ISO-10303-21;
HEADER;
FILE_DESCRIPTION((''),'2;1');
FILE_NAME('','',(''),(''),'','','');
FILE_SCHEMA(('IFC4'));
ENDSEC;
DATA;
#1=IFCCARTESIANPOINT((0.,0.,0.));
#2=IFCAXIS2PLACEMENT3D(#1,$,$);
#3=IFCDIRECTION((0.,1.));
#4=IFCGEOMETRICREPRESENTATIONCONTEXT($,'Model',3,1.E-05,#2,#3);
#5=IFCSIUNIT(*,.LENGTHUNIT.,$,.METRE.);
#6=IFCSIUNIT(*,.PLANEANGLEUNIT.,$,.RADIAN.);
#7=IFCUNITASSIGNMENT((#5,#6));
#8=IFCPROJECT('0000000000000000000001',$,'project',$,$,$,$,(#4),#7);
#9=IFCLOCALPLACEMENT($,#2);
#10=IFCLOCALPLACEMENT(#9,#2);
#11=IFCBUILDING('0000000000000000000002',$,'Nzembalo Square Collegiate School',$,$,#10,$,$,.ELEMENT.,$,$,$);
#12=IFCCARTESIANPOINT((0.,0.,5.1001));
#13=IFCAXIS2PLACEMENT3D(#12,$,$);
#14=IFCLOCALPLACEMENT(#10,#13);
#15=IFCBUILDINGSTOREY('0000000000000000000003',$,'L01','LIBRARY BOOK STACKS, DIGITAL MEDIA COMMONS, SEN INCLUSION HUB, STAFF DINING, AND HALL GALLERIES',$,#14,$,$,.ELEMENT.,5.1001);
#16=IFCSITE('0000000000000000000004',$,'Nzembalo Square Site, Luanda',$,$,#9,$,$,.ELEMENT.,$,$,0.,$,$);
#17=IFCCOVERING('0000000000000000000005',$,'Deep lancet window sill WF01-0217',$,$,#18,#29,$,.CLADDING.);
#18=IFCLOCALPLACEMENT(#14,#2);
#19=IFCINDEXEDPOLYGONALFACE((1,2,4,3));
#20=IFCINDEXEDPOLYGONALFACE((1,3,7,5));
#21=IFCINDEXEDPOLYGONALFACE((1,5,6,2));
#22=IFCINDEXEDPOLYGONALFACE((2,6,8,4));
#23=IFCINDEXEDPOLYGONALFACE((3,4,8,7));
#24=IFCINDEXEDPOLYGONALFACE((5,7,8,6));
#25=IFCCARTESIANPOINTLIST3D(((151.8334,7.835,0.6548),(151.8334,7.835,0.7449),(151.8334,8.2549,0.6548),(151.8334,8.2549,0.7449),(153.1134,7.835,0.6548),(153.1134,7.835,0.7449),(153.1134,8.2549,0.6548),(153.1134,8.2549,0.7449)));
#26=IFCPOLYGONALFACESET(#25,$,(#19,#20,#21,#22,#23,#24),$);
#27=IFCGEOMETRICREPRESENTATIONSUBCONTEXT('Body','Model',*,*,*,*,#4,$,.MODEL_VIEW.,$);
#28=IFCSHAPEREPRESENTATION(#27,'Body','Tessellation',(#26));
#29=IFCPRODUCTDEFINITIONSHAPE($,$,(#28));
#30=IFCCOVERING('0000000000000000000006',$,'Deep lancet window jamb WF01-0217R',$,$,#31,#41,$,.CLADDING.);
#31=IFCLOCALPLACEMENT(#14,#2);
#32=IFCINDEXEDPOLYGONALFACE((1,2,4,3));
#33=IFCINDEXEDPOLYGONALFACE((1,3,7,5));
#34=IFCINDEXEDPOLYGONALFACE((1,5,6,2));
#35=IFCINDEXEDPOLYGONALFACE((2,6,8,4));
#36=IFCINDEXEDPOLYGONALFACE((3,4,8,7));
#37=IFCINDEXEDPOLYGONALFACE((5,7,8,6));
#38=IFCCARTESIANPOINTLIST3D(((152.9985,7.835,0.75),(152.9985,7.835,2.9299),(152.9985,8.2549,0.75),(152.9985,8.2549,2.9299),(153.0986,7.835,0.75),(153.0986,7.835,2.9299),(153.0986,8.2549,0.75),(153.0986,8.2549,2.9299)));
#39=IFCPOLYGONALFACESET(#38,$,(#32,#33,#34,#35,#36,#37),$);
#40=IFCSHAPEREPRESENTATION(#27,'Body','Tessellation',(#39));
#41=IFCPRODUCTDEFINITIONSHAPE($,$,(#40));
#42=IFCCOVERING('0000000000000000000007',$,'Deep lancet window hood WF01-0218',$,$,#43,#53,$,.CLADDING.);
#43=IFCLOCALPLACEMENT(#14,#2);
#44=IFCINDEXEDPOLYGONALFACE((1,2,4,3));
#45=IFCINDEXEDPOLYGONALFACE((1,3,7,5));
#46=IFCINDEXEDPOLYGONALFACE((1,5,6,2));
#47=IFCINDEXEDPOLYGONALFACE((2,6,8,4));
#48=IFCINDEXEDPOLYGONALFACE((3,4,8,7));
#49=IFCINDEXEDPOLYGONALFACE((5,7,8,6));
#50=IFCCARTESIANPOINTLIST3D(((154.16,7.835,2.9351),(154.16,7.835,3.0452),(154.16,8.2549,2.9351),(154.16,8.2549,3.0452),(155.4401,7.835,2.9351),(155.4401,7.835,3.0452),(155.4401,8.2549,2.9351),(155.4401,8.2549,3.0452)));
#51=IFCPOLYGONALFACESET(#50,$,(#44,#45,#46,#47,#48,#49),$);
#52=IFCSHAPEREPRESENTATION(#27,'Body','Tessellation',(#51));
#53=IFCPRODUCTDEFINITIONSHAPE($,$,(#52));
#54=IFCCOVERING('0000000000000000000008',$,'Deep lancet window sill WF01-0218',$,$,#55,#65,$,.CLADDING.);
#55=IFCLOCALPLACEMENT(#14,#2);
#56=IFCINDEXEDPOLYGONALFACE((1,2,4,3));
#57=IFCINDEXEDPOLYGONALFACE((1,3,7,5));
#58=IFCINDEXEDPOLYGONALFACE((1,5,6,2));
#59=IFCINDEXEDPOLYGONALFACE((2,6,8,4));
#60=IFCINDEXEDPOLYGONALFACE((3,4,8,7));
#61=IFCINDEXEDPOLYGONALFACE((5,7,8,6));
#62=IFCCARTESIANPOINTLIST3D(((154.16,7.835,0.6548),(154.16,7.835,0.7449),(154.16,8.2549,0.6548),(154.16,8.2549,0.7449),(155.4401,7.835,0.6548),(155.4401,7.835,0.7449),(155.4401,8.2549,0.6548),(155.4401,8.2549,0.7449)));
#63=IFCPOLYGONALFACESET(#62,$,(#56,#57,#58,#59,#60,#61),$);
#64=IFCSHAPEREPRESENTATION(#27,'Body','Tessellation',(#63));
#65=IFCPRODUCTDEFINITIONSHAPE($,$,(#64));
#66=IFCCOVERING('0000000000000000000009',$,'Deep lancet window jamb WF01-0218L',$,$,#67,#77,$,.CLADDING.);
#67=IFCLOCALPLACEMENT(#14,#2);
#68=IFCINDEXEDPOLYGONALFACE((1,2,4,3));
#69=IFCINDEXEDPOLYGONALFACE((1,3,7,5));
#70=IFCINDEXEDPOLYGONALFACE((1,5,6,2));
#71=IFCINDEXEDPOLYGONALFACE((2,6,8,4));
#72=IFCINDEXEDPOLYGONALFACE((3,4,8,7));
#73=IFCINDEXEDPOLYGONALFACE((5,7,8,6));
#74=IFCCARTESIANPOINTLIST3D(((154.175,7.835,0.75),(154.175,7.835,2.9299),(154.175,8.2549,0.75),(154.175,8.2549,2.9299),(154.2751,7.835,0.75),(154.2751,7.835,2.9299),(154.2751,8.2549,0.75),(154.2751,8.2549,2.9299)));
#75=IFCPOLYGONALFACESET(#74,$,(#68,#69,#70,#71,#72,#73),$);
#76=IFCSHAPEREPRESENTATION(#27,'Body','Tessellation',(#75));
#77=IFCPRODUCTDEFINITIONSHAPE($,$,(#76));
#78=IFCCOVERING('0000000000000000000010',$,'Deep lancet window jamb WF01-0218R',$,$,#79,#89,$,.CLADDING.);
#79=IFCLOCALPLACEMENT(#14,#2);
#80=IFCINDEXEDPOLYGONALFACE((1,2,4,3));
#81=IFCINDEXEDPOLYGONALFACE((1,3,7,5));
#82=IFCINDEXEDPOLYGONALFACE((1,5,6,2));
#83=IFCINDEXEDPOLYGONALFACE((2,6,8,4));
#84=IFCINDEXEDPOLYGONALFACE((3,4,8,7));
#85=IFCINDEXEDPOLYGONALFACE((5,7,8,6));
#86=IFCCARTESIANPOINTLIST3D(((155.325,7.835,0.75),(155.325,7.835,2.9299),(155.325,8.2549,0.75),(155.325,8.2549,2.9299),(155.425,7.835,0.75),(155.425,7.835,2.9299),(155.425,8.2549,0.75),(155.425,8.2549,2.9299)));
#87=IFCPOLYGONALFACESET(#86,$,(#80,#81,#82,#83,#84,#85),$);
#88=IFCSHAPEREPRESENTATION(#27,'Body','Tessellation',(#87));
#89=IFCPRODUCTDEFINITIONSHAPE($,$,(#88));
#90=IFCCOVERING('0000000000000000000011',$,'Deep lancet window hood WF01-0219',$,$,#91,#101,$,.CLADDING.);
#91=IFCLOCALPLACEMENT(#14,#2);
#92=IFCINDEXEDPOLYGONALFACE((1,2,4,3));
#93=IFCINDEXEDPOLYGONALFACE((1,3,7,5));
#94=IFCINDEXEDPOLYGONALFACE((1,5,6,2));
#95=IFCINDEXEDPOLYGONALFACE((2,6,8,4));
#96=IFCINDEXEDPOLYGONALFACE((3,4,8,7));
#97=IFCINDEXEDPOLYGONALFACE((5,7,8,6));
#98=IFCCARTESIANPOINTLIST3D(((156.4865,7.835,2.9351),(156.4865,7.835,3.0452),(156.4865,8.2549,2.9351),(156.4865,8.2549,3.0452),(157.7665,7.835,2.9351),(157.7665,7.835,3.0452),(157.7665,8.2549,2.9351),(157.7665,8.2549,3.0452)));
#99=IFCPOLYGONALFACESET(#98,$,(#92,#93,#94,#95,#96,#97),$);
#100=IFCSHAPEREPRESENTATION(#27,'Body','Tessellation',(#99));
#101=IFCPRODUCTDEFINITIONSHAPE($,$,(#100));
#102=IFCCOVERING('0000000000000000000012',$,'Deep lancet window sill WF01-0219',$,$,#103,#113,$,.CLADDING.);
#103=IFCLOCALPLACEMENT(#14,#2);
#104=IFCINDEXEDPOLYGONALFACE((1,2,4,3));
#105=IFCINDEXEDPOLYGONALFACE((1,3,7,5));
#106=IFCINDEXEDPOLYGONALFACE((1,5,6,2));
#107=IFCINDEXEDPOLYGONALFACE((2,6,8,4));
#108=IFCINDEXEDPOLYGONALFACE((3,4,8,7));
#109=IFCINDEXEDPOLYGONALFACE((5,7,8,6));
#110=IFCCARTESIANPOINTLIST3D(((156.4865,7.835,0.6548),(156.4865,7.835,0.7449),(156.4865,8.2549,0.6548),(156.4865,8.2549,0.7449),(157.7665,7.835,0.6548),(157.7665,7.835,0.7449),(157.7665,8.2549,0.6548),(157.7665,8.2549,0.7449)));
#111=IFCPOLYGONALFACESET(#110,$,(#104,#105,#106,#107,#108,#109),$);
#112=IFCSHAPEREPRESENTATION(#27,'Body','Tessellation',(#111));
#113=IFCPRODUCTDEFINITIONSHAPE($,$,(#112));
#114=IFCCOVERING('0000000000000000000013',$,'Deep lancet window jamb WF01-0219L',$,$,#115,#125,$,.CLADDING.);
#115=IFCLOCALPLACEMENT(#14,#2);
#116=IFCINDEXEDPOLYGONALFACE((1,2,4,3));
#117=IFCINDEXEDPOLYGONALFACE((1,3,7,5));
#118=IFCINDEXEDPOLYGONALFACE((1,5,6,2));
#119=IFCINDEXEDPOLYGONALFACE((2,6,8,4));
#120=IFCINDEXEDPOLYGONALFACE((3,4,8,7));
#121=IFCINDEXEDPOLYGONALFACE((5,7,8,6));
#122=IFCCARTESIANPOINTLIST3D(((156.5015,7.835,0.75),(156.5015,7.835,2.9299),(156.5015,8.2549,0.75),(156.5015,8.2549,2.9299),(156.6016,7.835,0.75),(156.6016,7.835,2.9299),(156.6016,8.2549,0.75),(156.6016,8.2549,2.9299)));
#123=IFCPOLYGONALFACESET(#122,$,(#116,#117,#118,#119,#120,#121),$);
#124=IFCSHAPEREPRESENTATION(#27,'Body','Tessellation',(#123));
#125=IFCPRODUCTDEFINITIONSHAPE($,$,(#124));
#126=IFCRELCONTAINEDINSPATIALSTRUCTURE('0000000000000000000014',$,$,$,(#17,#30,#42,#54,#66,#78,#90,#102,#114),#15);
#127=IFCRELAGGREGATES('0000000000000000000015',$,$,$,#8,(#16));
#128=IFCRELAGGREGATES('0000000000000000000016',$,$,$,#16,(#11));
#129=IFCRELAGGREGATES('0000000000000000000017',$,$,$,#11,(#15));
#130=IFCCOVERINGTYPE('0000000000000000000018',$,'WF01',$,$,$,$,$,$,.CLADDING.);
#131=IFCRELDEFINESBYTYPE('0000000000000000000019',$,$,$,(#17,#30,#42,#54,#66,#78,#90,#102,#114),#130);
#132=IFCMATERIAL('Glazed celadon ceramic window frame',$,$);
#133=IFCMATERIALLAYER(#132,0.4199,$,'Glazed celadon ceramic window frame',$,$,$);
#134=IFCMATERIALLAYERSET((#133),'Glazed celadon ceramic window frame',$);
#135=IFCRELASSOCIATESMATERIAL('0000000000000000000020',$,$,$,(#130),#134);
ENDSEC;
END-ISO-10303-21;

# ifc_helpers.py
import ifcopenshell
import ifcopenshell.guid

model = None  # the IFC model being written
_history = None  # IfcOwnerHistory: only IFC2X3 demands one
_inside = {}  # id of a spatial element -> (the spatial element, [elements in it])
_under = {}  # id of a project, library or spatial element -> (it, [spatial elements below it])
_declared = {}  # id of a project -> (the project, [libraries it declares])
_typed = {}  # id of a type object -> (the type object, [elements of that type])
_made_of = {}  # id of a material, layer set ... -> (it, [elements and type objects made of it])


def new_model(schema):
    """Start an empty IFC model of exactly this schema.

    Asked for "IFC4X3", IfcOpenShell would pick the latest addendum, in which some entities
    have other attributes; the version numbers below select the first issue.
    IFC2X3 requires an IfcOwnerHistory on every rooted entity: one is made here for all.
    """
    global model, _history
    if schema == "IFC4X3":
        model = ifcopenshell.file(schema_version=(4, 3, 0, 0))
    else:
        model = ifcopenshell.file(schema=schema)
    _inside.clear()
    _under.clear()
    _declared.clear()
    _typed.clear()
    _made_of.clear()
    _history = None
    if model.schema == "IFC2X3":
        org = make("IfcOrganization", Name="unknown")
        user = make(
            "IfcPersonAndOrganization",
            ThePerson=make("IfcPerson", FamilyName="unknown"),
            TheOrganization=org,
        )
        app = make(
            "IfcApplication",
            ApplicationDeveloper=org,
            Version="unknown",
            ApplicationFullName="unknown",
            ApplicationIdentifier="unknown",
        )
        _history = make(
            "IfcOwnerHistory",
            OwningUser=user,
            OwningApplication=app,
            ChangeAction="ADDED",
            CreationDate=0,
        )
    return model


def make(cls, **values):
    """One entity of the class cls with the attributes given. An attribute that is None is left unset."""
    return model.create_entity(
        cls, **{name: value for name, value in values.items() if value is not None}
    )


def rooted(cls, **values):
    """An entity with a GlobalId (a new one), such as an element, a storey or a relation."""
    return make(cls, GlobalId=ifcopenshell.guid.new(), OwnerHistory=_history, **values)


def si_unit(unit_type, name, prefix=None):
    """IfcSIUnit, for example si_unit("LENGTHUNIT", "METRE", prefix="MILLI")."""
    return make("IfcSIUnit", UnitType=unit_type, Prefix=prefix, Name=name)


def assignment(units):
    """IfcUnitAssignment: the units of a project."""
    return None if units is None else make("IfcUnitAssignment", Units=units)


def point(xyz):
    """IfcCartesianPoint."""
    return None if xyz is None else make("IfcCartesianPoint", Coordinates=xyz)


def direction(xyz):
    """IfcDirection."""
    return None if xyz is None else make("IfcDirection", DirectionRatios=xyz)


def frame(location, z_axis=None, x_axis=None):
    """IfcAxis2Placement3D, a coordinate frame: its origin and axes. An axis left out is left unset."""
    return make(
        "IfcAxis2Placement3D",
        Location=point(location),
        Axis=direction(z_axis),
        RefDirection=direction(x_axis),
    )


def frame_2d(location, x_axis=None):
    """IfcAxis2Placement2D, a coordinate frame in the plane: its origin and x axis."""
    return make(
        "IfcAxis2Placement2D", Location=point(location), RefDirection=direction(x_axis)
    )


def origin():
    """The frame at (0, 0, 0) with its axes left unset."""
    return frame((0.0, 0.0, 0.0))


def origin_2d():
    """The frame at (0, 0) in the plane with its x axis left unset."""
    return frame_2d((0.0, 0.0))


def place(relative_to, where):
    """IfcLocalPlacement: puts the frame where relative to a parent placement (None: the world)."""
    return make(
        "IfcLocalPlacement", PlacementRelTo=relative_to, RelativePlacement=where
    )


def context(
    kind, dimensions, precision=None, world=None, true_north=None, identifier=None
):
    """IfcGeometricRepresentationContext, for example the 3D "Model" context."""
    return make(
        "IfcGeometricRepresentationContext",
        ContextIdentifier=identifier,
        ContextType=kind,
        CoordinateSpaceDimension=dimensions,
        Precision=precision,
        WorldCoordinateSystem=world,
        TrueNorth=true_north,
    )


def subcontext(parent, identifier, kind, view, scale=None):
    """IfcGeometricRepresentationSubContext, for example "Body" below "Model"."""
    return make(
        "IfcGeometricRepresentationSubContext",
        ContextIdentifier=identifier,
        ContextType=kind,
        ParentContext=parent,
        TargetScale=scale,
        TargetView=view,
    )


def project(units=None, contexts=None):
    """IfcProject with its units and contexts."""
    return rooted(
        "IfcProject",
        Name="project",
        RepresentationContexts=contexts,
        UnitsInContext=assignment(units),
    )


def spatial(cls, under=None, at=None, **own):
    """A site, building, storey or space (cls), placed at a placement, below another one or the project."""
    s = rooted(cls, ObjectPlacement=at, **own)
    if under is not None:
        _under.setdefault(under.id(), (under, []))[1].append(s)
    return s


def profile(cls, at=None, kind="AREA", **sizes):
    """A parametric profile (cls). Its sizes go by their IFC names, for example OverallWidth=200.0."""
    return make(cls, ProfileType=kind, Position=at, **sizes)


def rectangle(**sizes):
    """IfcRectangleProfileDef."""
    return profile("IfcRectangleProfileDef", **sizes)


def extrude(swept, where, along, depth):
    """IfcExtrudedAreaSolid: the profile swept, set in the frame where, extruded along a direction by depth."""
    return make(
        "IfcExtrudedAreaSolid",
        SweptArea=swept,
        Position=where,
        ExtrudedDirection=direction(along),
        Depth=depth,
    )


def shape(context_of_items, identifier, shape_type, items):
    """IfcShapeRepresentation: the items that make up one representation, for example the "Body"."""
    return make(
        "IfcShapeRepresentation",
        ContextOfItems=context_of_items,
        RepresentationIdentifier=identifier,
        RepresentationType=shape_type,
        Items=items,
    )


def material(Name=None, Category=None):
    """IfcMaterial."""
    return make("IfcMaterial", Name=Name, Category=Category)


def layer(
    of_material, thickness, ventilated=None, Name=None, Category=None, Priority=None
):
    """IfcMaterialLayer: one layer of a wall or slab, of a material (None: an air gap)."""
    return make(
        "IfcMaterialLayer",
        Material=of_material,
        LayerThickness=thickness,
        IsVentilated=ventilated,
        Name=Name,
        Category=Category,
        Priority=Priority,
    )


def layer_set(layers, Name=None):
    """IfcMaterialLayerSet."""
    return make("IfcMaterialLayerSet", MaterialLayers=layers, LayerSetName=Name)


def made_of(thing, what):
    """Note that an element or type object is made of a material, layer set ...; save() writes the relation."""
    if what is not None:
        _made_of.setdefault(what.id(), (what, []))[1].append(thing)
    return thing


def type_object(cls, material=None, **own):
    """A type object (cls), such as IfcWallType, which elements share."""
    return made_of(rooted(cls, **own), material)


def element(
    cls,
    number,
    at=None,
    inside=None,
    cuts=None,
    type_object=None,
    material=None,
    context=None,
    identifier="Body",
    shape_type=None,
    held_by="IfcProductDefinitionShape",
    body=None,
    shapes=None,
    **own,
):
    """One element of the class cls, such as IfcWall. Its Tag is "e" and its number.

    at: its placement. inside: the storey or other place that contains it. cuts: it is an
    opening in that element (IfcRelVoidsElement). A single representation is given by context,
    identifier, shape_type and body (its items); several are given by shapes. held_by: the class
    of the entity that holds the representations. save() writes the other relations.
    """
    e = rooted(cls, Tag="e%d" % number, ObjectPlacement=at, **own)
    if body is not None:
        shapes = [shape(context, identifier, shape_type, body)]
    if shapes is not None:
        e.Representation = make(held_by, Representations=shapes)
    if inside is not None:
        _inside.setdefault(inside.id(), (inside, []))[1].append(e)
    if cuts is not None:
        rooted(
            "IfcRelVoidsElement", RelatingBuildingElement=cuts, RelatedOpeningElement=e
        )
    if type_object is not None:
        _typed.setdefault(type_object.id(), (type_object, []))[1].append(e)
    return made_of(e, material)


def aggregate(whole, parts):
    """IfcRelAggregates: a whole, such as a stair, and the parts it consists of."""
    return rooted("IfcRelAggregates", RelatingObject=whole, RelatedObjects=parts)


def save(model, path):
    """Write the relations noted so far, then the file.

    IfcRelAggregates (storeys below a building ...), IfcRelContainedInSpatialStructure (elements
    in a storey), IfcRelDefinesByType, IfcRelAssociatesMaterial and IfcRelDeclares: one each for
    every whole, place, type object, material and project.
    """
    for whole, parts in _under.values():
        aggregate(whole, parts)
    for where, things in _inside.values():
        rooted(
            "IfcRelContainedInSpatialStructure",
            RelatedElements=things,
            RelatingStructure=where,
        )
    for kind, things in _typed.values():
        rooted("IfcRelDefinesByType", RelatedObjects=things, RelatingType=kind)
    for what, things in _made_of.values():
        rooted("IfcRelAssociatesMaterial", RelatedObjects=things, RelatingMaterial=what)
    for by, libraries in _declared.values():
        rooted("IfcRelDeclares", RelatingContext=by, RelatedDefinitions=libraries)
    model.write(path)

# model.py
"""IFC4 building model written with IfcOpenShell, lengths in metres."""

from ifc_helpers import new_model, si_unit, direction, frame, origin, origin_2d, place, context, subcontext, project, spatial, rectangle, extrude, material, layer, layer_set, type_object, element, save


model = new_model("IFC4")

# Units and contexts
model_context = context("Model", 3, precision=1e-05, world=origin(), true_north=direction((0.0, 1.0)))
body_context = subcontext(model_context, "Body", "Model", "MODEL_VIEW")
ifc_project = project(units=[si_unit("LENGTHUNIT", "METRE"), si_unit("PLANEANGLEUNIT", "RADIAN")], contexts=[model_context])

# Site, building, storey
site_placement = place(None, origin())
site = spatial("IfcSite", under=ifc_project, at=site_placement, Name="Nzembalo Square Site, Luanda", CompositionType="ELEMENT", RefElevation=0.0)
building_placement = place(site_placement, origin())
building = spatial("IfcBuilding", under=site, at=building_placement, Name="Nzembalo Square Collegiate School", CompositionType="ELEMENT")
storey_placement = place(building_placement, frame((0.0, 0.0, 5.1001)))
storey = spatial("IfcBuildingStorey", under=building, at=storey_placement, Name="L01", Description="LIBRARY BOOK STACKS, DIGITAL MEDIA COMMONS, SEN INCLUSION HUB, STAFF DINING, AND HALL GALLERIES", CompositionType="ELEMENT", Elevation=5.1001)

# Coverings
ifc_material_1 = material(Name="Glazed celadon ceramic window frame")
ifc_layer_1 = layer(ifc_material_1, 0.4199, Name="Glazed celadon ceramic window frame")
ifc_layer_set_1 = layer_set([ifc_layer_1], Name="Glazed celadon ceramic window frame")
covering_type_1 = type_object("IfcCoveringType", Name="WF01", PredefinedType="CLADDING", material=ifc_layer_set_1)
covering_1_placement = place(storey_placement, frame((152.4734, 8.0449, 0.6548), z_axis=(0.0, 0.0, 1.0), x_axis=(1.0, 0.0, 0.0)))
element("IfcCovering", 1, at=covering_1_placement, inside=storey, type_object=covering_type_1, Name="Deep lancet window sill WF01-0217", PredefinedType="CLADDING", context=body_context, shape_type="SweptSolid", body=[
    extrude(rectangle(XDim=1.28, YDim=0.4199, at=origin_2d()), origin(), (0.0, 0.0, 1.0), 0.0901),
])
covering_2_placement = place(storey_placement, frame((153.0486, 8.0449, 0.75), z_axis=(0.0, 0.0, 1.0), x_axis=(1.0, 0.0, 0.0)))
element("IfcCovering", 2, at=covering_2_placement, inside=storey, type_object=covering_type_1, Name="Deep lancet window jamb WF01-0217R", PredefinedType="CLADDING", context=body_context, shape_type="SweptSolid", body=[
    extrude(rectangle(XDim=0.1001, YDim=0.4199, at=origin_2d()), origin(), (0.0, 0.0, 1.0), 2.1799),
])
covering_3_placement = place(storey_placement, frame((154.8, 8.0449, 2.9351), z_axis=(0.0, 0.0, 1.0), x_axis=(1.0, 0.0, 0.0)))
element("IfcCovering", 3, at=covering_3_placement, inside=storey, type_object=covering_type_1, Name="Deep lancet window hood WF01-0218", PredefinedType="CLADDING", context=body_context, shape_type="SweptSolid", body=[
    extrude(rectangle(XDim=1.28, YDim=0.4199, at=origin_2d()), origin(), (0.0, 0.0, 1.0), 0.1101),
])
covering_4_placement = place(storey_placement, frame((154.8, 8.0449, 0.6548), z_axis=(0.0, 0.0, 1.0), x_axis=(1.0, 0.0, 0.0)))
element("IfcCovering", 4, at=covering_4_placement, inside=storey, type_object=covering_type_1, Name="Deep lancet window sill WF01-0218", PredefinedType="CLADDING", context=body_context, shape_type="SweptSolid", body=[
    extrude(rectangle(XDim=1.28, YDim=0.4199, at=origin_2d()), origin(), (0.0, 0.0, 1.0), 0.0901),
])
for number, where, z_axis, x_axis, name in (
    (5, (154.2251, 8.0449, 0.75), (0.0, 0.0, 1.0), (1.0, 0.0, 0.0), "Deep lancet window jamb WF01-0218L"),
    (6, (155.375, 8.0449, 0.75), (0.0, 0.0, 1.0), (1.0, 0.0, 0.0), "Deep lancet window jamb WF01-0218R"),
):
    element("IfcCovering", number, at=place(storey_placement, frame(where, z_axis=z_axis, x_axis=x_axis)), inside=storey, type_object=covering_type_1, Name=name, PredefinedType="CLADDING", context=body_context, shape_type="SweptSolid", body=[
        extrude(rectangle(XDim=0.1001, YDim=0.4199, at=origin_2d()), origin(), (0.0, 0.0, 1.0), 2.1799),
    ])
covering_5_placement = place(storey_placement, frame((157.1265, 8.0449, 2.9351), z_axis=(0.0, 0.0, 1.0), x_axis=(1.0, 0.0, 0.0)))
element("IfcCovering", 7, at=covering_5_placement, inside=storey, type_object=covering_type_1, Name="Deep lancet window hood WF01-0219", PredefinedType="CLADDING", context=body_context, shape_type="SweptSolid", body=[
    extrude(rectangle(XDim=1.28, YDim=0.4199, at=origin_2d()), origin(), (0.0, 0.0, 1.0), 0.1101),
])
covering_6_placement = place(storey_placement, frame((157.1265, 8.0449, 0.6548), z_axis=(0.0, 0.0, 1.0), x_axis=(1.0, 0.0, 0.0)))
element("IfcCovering", 8, at=covering_6_placement, inside=storey, type_object=covering_type_1, Name="Deep lancet window sill WF01-0219", PredefinedType="CLADDING", context=body_context, shape_type="SweptSolid", body=[
    extrude(rectangle(XDim=1.28, YDim=0.4199, at=origin_2d()), origin(), (0.0, 0.0, 1.0), 0.0901),
])
covering_7_placement = place(storey_placement, frame((156.5515, 8.0449, 0.75), z_axis=(0.0, 0.0, 1.0), x_axis=(1.0, 0.0, 0.0)))
element("IfcCovering", 9, at=covering_7_placement, inside=storey, type_object=covering_type_1, Name="Deep lancet window jamb WF01-0219L", PredefinedType="CLADDING", context=body_context, shape_type="SweptSolid", body=[
    extrude(rectangle(XDim=0.1001, YDim=0.4199, at=origin_2d()), origin(), (0.0, 0.0, 1.0), 2.1799),
])

save(model, "model.ifc")
